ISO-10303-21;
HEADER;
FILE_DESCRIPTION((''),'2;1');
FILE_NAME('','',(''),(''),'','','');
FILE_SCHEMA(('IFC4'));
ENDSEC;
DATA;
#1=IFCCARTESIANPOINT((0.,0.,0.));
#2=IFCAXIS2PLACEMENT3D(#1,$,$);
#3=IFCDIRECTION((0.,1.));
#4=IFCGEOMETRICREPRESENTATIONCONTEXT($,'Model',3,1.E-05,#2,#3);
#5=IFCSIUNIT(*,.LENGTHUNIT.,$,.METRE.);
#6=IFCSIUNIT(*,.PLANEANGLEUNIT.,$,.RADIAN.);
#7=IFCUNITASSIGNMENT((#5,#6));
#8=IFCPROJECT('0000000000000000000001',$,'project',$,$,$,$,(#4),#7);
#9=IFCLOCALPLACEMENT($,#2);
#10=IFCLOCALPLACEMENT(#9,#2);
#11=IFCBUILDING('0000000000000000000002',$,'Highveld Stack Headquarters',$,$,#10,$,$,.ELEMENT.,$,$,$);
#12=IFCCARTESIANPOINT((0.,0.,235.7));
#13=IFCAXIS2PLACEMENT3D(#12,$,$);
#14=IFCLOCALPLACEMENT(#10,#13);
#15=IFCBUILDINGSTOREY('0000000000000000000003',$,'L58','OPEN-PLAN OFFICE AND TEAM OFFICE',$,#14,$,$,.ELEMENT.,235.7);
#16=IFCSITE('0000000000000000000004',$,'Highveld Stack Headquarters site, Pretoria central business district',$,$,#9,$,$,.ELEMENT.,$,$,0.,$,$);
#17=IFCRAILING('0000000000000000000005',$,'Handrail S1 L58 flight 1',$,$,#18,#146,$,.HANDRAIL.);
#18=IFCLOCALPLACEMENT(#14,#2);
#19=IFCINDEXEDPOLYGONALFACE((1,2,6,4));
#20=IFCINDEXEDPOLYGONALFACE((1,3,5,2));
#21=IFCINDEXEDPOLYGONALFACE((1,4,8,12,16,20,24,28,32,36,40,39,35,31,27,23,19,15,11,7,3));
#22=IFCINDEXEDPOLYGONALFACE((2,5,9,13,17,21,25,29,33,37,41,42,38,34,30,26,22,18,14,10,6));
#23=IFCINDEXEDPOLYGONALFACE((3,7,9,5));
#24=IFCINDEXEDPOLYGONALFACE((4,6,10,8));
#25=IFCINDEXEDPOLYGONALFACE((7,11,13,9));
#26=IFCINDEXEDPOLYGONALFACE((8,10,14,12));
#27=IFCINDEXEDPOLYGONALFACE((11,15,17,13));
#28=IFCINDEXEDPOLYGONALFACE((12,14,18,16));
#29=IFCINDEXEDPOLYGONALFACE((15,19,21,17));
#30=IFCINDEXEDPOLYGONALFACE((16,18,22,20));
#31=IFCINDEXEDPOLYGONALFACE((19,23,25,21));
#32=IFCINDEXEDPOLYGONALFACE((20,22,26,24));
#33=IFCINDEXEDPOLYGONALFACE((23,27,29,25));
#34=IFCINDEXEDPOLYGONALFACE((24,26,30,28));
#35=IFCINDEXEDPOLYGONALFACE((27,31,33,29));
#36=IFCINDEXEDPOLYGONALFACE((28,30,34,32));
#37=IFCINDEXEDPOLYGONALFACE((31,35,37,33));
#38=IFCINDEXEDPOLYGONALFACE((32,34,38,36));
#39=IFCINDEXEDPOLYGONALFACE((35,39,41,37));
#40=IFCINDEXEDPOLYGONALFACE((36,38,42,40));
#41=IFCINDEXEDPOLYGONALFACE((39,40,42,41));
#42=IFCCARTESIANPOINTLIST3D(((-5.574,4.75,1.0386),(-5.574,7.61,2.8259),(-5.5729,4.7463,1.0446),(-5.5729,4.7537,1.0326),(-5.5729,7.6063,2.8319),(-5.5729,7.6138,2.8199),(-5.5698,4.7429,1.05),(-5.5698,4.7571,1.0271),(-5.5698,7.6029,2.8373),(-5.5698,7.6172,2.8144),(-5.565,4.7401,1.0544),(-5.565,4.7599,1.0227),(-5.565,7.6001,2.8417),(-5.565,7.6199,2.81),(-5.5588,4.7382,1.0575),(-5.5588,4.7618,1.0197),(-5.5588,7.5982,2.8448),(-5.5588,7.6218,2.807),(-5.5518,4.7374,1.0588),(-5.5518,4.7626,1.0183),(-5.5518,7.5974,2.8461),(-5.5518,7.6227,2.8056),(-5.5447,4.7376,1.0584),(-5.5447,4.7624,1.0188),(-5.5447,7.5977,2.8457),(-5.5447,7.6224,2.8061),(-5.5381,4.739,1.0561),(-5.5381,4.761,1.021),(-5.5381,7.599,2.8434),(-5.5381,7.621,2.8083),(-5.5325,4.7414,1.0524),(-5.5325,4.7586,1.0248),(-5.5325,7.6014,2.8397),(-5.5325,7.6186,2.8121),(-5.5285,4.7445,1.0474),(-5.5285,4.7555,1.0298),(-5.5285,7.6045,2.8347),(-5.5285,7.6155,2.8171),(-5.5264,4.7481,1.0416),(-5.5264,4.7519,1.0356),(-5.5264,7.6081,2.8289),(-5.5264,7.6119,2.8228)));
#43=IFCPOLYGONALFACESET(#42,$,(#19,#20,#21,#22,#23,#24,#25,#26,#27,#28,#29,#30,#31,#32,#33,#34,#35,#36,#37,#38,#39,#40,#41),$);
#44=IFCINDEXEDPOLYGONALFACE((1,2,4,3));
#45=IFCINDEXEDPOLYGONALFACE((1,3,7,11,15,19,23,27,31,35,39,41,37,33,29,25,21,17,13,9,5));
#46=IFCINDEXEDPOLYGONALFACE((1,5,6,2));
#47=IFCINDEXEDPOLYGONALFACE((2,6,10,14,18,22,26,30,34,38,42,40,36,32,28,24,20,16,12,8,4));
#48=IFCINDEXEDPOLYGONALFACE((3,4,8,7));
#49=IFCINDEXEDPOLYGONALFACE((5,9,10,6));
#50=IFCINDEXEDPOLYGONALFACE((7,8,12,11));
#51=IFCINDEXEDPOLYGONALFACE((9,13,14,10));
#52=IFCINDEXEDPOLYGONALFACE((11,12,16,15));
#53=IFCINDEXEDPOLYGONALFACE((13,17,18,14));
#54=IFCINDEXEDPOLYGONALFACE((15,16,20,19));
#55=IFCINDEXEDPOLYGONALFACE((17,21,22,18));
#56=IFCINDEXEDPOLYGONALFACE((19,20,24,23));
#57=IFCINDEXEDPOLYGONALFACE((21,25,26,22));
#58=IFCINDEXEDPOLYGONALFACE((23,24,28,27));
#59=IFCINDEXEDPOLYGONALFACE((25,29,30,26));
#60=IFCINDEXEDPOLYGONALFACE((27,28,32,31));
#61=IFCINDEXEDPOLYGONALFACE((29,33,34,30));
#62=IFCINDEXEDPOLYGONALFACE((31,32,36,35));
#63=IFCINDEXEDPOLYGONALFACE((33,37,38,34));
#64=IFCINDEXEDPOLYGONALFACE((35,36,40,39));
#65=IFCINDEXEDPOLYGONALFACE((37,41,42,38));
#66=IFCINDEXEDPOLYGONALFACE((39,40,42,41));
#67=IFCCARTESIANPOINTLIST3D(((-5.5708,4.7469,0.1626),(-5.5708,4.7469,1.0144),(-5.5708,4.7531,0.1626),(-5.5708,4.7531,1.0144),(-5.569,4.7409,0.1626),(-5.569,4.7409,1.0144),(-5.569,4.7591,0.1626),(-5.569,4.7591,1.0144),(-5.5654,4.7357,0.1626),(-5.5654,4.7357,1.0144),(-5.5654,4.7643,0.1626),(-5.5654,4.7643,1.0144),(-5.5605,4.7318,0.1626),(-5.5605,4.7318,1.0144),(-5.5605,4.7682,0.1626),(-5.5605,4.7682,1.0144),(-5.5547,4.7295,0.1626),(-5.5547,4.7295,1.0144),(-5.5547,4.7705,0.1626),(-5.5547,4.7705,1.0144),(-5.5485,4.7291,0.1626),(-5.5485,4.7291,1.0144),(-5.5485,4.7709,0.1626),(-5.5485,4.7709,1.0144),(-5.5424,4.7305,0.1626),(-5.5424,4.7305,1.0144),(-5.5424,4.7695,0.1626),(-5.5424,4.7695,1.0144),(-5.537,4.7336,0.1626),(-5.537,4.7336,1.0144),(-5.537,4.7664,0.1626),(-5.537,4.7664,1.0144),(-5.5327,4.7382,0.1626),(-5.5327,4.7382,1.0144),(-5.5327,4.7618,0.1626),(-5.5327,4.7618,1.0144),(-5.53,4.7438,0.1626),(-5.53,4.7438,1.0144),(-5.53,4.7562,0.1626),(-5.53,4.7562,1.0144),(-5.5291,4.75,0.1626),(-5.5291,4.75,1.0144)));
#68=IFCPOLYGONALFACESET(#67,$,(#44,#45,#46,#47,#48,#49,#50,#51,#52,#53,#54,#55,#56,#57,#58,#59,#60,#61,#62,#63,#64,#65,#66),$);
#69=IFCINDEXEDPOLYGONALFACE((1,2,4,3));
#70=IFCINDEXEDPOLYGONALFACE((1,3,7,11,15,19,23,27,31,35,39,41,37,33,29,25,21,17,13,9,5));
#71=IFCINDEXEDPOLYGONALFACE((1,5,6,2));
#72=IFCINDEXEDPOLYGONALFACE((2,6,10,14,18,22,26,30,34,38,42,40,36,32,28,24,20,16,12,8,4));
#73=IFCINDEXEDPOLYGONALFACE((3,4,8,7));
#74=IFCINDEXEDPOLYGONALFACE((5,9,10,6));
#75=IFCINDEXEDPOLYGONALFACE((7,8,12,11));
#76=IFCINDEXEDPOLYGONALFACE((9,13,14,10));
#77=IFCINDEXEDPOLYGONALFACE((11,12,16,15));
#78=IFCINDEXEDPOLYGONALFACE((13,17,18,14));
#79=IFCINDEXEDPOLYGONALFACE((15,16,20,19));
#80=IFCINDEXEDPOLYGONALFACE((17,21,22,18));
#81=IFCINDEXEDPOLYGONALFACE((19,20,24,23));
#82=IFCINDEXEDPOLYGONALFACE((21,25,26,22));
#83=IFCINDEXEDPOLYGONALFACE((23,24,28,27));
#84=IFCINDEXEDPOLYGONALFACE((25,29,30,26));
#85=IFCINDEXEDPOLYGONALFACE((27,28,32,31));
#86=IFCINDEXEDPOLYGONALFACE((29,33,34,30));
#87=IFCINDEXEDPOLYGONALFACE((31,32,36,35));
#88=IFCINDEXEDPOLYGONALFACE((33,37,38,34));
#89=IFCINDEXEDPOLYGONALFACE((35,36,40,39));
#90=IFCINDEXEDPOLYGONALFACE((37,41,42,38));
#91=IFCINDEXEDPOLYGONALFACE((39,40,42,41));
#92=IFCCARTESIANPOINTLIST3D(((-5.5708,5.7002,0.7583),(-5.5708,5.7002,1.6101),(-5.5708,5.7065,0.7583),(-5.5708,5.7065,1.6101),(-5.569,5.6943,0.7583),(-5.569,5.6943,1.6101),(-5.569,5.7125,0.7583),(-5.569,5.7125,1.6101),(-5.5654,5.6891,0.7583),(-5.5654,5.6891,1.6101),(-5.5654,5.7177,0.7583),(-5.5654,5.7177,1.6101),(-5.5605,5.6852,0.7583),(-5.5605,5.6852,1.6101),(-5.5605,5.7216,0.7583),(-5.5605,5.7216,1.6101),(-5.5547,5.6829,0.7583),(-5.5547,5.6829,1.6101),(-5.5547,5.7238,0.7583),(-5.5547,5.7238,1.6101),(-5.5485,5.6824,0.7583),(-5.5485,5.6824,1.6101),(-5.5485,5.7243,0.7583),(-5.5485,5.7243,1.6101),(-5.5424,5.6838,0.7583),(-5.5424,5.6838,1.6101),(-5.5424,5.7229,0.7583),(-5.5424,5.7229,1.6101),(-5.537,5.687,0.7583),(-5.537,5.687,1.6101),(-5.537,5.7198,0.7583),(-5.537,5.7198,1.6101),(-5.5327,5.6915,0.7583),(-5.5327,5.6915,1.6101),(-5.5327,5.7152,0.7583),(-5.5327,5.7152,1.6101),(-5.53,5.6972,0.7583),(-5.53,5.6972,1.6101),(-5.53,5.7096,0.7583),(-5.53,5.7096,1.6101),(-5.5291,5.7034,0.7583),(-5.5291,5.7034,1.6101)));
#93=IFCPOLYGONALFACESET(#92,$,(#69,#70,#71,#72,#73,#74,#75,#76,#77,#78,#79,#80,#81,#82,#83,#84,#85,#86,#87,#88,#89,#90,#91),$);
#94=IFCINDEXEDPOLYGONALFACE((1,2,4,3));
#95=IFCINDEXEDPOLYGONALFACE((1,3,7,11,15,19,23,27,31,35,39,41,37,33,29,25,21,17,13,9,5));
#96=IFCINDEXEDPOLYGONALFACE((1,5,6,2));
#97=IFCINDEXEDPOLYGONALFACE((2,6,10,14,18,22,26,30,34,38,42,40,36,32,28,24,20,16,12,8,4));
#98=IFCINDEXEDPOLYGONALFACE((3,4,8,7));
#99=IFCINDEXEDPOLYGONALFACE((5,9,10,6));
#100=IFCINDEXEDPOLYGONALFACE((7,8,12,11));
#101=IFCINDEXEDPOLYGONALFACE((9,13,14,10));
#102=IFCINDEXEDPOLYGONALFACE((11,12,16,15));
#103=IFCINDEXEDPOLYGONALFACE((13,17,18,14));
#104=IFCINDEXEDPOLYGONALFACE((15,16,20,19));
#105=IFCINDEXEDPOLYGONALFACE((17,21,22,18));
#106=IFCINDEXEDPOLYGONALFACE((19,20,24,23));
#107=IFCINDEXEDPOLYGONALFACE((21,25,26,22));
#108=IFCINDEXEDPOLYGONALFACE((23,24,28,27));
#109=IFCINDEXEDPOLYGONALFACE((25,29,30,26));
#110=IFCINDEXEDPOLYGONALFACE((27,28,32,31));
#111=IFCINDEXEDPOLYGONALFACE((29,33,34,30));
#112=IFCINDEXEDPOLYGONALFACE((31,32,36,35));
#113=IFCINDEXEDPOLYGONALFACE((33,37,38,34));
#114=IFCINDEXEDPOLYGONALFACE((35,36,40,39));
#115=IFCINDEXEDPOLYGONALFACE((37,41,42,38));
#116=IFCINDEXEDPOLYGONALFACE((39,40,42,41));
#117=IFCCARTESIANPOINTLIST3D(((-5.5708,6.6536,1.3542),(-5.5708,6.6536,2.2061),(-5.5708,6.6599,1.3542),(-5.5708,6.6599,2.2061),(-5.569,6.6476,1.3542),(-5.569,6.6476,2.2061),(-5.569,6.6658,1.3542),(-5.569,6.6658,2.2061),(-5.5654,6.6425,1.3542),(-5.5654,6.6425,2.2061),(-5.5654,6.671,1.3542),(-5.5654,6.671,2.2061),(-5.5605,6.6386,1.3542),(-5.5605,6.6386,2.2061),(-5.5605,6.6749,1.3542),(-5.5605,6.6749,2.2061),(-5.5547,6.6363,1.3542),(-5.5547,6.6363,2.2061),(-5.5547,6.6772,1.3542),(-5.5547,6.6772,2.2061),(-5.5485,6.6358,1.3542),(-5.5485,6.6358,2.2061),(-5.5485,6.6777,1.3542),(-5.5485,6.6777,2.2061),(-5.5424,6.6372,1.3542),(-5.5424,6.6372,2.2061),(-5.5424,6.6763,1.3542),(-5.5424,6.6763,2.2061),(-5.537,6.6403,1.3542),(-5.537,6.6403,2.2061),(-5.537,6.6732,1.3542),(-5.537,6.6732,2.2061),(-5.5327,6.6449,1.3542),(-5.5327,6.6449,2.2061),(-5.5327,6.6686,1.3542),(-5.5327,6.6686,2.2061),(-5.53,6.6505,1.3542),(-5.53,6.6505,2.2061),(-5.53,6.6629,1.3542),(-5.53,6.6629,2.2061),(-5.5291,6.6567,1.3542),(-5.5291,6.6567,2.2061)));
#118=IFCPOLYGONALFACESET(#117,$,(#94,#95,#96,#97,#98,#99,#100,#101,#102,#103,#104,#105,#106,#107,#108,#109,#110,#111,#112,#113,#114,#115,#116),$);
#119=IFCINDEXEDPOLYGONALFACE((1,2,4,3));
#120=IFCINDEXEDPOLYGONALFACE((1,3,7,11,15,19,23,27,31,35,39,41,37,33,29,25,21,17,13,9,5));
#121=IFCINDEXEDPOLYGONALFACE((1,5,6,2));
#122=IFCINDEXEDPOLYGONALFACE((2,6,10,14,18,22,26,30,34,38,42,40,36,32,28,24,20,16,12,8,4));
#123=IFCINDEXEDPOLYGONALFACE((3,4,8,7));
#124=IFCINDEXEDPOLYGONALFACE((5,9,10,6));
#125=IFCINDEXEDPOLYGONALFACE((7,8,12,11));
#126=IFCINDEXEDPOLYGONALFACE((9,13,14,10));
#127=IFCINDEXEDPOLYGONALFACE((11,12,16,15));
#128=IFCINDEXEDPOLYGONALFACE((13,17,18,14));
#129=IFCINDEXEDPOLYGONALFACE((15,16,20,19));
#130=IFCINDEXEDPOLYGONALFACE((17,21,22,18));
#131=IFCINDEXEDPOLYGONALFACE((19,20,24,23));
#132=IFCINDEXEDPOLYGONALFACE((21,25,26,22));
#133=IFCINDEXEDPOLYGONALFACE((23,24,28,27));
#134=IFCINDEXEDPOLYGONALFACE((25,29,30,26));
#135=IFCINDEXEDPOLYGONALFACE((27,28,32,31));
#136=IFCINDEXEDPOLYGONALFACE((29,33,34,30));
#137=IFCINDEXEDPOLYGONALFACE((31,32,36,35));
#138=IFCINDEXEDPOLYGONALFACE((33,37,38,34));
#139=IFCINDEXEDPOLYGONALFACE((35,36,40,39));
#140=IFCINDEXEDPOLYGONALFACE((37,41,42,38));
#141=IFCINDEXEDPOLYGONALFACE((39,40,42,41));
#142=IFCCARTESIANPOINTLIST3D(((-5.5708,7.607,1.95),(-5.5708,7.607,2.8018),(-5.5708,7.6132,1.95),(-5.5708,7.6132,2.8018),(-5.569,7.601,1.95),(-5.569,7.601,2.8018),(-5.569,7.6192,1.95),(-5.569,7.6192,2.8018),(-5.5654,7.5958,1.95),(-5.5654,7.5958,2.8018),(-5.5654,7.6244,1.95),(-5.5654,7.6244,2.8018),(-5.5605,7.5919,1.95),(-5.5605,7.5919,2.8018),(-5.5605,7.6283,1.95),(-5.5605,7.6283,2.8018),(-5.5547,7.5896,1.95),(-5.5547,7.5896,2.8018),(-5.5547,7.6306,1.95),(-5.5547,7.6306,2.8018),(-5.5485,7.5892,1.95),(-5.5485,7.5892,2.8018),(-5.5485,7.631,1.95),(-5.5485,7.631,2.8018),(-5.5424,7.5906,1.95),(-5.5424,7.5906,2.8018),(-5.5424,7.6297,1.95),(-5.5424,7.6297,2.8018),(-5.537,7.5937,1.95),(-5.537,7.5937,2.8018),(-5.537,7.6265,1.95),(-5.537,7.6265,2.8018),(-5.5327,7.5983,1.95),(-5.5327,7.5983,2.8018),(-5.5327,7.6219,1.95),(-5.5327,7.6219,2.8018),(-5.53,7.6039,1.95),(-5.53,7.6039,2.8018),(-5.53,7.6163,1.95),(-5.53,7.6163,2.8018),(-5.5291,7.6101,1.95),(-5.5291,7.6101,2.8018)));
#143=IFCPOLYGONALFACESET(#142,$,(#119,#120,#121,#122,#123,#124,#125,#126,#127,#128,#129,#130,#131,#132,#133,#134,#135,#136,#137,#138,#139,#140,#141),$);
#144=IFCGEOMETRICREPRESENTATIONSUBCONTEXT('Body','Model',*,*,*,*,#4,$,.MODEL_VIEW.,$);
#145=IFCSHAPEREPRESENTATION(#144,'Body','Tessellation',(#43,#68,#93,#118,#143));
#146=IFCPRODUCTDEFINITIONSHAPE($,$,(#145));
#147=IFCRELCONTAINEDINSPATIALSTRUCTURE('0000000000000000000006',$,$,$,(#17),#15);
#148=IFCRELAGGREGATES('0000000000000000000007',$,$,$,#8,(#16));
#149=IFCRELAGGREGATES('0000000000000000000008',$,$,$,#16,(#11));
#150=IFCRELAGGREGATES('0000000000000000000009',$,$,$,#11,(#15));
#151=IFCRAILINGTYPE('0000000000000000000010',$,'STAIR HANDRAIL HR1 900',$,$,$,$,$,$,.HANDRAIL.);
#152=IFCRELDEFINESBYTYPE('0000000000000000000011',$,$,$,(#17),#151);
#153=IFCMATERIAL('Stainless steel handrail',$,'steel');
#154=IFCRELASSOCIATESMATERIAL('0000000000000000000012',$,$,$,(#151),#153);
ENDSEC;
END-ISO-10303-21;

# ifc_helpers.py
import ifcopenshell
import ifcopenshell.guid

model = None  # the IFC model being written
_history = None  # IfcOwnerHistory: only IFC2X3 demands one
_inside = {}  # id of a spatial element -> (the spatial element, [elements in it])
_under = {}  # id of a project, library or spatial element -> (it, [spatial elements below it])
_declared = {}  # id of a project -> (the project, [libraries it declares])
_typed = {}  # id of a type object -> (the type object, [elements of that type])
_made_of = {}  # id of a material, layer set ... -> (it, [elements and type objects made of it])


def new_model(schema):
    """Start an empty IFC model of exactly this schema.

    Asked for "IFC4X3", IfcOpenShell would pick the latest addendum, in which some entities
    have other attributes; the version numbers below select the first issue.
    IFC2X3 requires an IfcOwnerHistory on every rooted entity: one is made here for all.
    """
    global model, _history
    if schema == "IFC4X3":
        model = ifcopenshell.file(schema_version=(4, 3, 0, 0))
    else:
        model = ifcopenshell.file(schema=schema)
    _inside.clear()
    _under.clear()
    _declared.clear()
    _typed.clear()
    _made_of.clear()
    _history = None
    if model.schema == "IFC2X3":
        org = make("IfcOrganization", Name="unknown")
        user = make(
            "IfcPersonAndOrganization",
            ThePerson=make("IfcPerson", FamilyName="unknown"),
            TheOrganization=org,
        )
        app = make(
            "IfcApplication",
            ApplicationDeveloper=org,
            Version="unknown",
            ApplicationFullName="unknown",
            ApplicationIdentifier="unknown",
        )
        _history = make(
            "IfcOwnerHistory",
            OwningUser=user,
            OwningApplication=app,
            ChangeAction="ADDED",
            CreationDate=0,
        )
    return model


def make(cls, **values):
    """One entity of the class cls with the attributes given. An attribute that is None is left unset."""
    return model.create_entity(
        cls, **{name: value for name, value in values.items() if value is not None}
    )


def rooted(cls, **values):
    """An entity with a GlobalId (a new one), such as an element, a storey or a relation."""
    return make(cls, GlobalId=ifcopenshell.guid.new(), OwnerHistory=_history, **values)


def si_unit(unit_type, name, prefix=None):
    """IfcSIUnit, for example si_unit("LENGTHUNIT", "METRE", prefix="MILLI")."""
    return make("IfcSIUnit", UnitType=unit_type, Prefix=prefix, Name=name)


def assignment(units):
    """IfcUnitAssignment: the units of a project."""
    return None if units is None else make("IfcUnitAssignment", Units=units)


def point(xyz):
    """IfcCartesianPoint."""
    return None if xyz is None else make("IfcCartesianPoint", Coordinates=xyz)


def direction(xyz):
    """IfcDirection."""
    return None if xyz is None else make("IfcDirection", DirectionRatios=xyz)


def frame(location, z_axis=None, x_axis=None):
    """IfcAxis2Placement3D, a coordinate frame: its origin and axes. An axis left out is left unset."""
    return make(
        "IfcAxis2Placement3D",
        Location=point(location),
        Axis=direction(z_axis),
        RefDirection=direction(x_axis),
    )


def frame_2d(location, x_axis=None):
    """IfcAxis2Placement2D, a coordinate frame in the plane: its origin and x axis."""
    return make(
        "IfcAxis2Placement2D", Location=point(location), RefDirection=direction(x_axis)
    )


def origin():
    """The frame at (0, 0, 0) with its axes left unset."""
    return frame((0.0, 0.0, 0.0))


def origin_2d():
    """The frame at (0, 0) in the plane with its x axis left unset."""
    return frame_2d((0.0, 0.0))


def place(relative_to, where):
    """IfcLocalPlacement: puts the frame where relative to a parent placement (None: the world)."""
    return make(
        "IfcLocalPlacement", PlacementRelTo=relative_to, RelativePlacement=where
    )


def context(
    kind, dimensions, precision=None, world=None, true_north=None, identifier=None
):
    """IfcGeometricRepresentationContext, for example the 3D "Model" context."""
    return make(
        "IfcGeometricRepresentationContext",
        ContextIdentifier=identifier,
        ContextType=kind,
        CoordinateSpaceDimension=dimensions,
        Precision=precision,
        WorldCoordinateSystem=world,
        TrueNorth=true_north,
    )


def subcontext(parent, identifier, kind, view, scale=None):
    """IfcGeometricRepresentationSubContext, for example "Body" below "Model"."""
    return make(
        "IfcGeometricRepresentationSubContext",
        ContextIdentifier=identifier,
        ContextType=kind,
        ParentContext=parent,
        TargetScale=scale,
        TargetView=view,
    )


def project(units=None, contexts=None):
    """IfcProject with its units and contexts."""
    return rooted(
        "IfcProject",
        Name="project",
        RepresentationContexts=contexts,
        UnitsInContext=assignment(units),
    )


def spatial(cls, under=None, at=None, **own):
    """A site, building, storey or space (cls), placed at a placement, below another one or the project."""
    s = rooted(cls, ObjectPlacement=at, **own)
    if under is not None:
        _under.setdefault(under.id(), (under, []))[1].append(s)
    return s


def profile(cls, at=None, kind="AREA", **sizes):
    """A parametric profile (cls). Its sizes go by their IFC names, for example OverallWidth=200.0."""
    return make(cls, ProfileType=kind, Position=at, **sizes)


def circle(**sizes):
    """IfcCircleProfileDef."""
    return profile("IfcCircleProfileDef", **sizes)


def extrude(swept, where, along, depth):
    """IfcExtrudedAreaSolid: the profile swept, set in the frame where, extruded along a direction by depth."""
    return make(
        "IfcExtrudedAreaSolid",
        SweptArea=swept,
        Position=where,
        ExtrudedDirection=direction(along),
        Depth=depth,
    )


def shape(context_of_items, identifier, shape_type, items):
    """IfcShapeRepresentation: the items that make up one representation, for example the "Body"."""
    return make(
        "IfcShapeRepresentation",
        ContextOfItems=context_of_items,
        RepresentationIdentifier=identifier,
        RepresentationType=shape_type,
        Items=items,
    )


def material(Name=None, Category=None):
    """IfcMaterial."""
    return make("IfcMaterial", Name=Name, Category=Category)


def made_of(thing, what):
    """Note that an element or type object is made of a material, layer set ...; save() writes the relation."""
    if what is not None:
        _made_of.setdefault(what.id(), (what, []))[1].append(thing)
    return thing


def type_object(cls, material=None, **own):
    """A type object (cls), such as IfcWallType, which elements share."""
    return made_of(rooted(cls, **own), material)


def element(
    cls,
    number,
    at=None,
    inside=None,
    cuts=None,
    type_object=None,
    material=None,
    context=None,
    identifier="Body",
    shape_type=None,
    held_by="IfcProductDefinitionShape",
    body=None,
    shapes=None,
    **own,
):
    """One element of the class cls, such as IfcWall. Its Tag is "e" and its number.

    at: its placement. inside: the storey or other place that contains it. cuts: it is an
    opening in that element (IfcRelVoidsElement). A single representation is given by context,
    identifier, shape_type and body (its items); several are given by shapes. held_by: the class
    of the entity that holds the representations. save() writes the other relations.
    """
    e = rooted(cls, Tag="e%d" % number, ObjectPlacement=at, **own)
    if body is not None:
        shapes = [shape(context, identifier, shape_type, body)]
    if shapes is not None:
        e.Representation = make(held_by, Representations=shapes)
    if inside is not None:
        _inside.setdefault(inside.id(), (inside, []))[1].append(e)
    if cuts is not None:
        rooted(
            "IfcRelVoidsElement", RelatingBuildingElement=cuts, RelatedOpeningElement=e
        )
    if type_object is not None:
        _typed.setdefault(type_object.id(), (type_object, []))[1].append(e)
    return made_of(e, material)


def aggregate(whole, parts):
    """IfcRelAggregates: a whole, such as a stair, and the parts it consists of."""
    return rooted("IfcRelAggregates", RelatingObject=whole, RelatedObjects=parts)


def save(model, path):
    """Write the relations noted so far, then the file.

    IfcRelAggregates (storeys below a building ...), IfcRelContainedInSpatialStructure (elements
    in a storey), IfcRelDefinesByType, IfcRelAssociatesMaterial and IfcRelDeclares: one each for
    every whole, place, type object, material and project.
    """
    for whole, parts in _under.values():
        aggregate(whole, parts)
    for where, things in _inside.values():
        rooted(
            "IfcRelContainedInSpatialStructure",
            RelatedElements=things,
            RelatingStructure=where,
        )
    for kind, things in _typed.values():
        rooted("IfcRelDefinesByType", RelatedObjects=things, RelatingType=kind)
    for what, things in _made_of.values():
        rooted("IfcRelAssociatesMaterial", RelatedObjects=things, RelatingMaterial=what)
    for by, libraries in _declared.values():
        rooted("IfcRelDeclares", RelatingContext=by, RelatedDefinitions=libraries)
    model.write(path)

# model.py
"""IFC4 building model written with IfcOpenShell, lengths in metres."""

from ifc_helpers import new_model, si_unit, direction, frame, origin, origin_2d, place, context, subcontext, project, spatial, circle, extrude, material, type_object, element, save


model = new_model("IFC4")

# Units and contexts
model_context = context("Model", 3, precision=1e-05, world=origin(), true_north=direction((0.0, 1.0)))
body_context = subcontext(model_context, "Body", "Model", "MODEL_VIEW")
ifc_project = project(units=[si_unit("LENGTHUNIT", "METRE"), si_unit("PLANEANGLEUNIT", "RADIAN")], contexts=[model_context])

# Site, building, storey
site_placement = place(None, origin())
site = spatial("IfcSite", under=ifc_project, at=site_placement, Name="Highveld Stack Headquarters site, Pretoria central business district", CompositionType="ELEMENT", RefElevation=0.0)
building_placement = place(site_placement, origin())
building = spatial("IfcBuilding", under=site, at=building_placement, Name="Highveld Stack Headquarters", CompositionType="ELEMENT")
storey_placement = place(building_placement, frame((0.0, 0.0, 235.7)))
storey = spatial("IfcBuildingStorey", under=building, at=storey_placement, Name="L58", Description="OPEN-PLAN OFFICE AND TEAM OFFICE", CompositionType="ELEMENT", Elevation=235.7)

# Railing
ifc_material_1 = material(Name="Stainless steel handrail", Category="steel")
railing_type = type_object("IfcRailingType", Name="STAIR HANDRAIL HR1 900", PredefinedType="HANDRAIL", material=ifc_material_1)
for number, where, name in (
    (1, (-5.55, 4.75, 0.1626), "Handrail S1 L58 flight 1"),
):
    element("IfcRailing", number, at=place(storey_placement, frame(where)), inside=storey, type_object=railing_type, Name=name, PredefinedType="HANDRAIL", context=body_context, shape_type="SweptSolid", body=[
        extrude(circle(Radius=0.0239, at=origin_2d()), frame((0.0, 0.0, 0.876), z_axis=(0.0, 0.848027, 0.529953), x_axis=(-1.0, 0.0, 0.0)), (0.0, 0.0, 1.0), 3.3726),
        extrude(circle(Radius=0.021, at=origin_2d()), origin(), (0.0, 0.0, 1.0), 0.8518),
        extrude(circle(Radius=0.021, at=origin_2d()), frame((0.0, 0.9534, 0.5957)), (0.0, 0.0, 1.0), 0.8518),
        extrude(circle(Radius=0.021, at=origin_2d()), frame((0.0, 1.9067, 1.1917)), (0.0, 0.0, 1.0), 0.8518),
        extrude(circle(Radius=0.021, at=origin_2d()), frame((0.0, 2.8601, 1.7874)), (0.0, 0.0, 1.0), 0.8518),
    ])

save(model, "model.ifc")
